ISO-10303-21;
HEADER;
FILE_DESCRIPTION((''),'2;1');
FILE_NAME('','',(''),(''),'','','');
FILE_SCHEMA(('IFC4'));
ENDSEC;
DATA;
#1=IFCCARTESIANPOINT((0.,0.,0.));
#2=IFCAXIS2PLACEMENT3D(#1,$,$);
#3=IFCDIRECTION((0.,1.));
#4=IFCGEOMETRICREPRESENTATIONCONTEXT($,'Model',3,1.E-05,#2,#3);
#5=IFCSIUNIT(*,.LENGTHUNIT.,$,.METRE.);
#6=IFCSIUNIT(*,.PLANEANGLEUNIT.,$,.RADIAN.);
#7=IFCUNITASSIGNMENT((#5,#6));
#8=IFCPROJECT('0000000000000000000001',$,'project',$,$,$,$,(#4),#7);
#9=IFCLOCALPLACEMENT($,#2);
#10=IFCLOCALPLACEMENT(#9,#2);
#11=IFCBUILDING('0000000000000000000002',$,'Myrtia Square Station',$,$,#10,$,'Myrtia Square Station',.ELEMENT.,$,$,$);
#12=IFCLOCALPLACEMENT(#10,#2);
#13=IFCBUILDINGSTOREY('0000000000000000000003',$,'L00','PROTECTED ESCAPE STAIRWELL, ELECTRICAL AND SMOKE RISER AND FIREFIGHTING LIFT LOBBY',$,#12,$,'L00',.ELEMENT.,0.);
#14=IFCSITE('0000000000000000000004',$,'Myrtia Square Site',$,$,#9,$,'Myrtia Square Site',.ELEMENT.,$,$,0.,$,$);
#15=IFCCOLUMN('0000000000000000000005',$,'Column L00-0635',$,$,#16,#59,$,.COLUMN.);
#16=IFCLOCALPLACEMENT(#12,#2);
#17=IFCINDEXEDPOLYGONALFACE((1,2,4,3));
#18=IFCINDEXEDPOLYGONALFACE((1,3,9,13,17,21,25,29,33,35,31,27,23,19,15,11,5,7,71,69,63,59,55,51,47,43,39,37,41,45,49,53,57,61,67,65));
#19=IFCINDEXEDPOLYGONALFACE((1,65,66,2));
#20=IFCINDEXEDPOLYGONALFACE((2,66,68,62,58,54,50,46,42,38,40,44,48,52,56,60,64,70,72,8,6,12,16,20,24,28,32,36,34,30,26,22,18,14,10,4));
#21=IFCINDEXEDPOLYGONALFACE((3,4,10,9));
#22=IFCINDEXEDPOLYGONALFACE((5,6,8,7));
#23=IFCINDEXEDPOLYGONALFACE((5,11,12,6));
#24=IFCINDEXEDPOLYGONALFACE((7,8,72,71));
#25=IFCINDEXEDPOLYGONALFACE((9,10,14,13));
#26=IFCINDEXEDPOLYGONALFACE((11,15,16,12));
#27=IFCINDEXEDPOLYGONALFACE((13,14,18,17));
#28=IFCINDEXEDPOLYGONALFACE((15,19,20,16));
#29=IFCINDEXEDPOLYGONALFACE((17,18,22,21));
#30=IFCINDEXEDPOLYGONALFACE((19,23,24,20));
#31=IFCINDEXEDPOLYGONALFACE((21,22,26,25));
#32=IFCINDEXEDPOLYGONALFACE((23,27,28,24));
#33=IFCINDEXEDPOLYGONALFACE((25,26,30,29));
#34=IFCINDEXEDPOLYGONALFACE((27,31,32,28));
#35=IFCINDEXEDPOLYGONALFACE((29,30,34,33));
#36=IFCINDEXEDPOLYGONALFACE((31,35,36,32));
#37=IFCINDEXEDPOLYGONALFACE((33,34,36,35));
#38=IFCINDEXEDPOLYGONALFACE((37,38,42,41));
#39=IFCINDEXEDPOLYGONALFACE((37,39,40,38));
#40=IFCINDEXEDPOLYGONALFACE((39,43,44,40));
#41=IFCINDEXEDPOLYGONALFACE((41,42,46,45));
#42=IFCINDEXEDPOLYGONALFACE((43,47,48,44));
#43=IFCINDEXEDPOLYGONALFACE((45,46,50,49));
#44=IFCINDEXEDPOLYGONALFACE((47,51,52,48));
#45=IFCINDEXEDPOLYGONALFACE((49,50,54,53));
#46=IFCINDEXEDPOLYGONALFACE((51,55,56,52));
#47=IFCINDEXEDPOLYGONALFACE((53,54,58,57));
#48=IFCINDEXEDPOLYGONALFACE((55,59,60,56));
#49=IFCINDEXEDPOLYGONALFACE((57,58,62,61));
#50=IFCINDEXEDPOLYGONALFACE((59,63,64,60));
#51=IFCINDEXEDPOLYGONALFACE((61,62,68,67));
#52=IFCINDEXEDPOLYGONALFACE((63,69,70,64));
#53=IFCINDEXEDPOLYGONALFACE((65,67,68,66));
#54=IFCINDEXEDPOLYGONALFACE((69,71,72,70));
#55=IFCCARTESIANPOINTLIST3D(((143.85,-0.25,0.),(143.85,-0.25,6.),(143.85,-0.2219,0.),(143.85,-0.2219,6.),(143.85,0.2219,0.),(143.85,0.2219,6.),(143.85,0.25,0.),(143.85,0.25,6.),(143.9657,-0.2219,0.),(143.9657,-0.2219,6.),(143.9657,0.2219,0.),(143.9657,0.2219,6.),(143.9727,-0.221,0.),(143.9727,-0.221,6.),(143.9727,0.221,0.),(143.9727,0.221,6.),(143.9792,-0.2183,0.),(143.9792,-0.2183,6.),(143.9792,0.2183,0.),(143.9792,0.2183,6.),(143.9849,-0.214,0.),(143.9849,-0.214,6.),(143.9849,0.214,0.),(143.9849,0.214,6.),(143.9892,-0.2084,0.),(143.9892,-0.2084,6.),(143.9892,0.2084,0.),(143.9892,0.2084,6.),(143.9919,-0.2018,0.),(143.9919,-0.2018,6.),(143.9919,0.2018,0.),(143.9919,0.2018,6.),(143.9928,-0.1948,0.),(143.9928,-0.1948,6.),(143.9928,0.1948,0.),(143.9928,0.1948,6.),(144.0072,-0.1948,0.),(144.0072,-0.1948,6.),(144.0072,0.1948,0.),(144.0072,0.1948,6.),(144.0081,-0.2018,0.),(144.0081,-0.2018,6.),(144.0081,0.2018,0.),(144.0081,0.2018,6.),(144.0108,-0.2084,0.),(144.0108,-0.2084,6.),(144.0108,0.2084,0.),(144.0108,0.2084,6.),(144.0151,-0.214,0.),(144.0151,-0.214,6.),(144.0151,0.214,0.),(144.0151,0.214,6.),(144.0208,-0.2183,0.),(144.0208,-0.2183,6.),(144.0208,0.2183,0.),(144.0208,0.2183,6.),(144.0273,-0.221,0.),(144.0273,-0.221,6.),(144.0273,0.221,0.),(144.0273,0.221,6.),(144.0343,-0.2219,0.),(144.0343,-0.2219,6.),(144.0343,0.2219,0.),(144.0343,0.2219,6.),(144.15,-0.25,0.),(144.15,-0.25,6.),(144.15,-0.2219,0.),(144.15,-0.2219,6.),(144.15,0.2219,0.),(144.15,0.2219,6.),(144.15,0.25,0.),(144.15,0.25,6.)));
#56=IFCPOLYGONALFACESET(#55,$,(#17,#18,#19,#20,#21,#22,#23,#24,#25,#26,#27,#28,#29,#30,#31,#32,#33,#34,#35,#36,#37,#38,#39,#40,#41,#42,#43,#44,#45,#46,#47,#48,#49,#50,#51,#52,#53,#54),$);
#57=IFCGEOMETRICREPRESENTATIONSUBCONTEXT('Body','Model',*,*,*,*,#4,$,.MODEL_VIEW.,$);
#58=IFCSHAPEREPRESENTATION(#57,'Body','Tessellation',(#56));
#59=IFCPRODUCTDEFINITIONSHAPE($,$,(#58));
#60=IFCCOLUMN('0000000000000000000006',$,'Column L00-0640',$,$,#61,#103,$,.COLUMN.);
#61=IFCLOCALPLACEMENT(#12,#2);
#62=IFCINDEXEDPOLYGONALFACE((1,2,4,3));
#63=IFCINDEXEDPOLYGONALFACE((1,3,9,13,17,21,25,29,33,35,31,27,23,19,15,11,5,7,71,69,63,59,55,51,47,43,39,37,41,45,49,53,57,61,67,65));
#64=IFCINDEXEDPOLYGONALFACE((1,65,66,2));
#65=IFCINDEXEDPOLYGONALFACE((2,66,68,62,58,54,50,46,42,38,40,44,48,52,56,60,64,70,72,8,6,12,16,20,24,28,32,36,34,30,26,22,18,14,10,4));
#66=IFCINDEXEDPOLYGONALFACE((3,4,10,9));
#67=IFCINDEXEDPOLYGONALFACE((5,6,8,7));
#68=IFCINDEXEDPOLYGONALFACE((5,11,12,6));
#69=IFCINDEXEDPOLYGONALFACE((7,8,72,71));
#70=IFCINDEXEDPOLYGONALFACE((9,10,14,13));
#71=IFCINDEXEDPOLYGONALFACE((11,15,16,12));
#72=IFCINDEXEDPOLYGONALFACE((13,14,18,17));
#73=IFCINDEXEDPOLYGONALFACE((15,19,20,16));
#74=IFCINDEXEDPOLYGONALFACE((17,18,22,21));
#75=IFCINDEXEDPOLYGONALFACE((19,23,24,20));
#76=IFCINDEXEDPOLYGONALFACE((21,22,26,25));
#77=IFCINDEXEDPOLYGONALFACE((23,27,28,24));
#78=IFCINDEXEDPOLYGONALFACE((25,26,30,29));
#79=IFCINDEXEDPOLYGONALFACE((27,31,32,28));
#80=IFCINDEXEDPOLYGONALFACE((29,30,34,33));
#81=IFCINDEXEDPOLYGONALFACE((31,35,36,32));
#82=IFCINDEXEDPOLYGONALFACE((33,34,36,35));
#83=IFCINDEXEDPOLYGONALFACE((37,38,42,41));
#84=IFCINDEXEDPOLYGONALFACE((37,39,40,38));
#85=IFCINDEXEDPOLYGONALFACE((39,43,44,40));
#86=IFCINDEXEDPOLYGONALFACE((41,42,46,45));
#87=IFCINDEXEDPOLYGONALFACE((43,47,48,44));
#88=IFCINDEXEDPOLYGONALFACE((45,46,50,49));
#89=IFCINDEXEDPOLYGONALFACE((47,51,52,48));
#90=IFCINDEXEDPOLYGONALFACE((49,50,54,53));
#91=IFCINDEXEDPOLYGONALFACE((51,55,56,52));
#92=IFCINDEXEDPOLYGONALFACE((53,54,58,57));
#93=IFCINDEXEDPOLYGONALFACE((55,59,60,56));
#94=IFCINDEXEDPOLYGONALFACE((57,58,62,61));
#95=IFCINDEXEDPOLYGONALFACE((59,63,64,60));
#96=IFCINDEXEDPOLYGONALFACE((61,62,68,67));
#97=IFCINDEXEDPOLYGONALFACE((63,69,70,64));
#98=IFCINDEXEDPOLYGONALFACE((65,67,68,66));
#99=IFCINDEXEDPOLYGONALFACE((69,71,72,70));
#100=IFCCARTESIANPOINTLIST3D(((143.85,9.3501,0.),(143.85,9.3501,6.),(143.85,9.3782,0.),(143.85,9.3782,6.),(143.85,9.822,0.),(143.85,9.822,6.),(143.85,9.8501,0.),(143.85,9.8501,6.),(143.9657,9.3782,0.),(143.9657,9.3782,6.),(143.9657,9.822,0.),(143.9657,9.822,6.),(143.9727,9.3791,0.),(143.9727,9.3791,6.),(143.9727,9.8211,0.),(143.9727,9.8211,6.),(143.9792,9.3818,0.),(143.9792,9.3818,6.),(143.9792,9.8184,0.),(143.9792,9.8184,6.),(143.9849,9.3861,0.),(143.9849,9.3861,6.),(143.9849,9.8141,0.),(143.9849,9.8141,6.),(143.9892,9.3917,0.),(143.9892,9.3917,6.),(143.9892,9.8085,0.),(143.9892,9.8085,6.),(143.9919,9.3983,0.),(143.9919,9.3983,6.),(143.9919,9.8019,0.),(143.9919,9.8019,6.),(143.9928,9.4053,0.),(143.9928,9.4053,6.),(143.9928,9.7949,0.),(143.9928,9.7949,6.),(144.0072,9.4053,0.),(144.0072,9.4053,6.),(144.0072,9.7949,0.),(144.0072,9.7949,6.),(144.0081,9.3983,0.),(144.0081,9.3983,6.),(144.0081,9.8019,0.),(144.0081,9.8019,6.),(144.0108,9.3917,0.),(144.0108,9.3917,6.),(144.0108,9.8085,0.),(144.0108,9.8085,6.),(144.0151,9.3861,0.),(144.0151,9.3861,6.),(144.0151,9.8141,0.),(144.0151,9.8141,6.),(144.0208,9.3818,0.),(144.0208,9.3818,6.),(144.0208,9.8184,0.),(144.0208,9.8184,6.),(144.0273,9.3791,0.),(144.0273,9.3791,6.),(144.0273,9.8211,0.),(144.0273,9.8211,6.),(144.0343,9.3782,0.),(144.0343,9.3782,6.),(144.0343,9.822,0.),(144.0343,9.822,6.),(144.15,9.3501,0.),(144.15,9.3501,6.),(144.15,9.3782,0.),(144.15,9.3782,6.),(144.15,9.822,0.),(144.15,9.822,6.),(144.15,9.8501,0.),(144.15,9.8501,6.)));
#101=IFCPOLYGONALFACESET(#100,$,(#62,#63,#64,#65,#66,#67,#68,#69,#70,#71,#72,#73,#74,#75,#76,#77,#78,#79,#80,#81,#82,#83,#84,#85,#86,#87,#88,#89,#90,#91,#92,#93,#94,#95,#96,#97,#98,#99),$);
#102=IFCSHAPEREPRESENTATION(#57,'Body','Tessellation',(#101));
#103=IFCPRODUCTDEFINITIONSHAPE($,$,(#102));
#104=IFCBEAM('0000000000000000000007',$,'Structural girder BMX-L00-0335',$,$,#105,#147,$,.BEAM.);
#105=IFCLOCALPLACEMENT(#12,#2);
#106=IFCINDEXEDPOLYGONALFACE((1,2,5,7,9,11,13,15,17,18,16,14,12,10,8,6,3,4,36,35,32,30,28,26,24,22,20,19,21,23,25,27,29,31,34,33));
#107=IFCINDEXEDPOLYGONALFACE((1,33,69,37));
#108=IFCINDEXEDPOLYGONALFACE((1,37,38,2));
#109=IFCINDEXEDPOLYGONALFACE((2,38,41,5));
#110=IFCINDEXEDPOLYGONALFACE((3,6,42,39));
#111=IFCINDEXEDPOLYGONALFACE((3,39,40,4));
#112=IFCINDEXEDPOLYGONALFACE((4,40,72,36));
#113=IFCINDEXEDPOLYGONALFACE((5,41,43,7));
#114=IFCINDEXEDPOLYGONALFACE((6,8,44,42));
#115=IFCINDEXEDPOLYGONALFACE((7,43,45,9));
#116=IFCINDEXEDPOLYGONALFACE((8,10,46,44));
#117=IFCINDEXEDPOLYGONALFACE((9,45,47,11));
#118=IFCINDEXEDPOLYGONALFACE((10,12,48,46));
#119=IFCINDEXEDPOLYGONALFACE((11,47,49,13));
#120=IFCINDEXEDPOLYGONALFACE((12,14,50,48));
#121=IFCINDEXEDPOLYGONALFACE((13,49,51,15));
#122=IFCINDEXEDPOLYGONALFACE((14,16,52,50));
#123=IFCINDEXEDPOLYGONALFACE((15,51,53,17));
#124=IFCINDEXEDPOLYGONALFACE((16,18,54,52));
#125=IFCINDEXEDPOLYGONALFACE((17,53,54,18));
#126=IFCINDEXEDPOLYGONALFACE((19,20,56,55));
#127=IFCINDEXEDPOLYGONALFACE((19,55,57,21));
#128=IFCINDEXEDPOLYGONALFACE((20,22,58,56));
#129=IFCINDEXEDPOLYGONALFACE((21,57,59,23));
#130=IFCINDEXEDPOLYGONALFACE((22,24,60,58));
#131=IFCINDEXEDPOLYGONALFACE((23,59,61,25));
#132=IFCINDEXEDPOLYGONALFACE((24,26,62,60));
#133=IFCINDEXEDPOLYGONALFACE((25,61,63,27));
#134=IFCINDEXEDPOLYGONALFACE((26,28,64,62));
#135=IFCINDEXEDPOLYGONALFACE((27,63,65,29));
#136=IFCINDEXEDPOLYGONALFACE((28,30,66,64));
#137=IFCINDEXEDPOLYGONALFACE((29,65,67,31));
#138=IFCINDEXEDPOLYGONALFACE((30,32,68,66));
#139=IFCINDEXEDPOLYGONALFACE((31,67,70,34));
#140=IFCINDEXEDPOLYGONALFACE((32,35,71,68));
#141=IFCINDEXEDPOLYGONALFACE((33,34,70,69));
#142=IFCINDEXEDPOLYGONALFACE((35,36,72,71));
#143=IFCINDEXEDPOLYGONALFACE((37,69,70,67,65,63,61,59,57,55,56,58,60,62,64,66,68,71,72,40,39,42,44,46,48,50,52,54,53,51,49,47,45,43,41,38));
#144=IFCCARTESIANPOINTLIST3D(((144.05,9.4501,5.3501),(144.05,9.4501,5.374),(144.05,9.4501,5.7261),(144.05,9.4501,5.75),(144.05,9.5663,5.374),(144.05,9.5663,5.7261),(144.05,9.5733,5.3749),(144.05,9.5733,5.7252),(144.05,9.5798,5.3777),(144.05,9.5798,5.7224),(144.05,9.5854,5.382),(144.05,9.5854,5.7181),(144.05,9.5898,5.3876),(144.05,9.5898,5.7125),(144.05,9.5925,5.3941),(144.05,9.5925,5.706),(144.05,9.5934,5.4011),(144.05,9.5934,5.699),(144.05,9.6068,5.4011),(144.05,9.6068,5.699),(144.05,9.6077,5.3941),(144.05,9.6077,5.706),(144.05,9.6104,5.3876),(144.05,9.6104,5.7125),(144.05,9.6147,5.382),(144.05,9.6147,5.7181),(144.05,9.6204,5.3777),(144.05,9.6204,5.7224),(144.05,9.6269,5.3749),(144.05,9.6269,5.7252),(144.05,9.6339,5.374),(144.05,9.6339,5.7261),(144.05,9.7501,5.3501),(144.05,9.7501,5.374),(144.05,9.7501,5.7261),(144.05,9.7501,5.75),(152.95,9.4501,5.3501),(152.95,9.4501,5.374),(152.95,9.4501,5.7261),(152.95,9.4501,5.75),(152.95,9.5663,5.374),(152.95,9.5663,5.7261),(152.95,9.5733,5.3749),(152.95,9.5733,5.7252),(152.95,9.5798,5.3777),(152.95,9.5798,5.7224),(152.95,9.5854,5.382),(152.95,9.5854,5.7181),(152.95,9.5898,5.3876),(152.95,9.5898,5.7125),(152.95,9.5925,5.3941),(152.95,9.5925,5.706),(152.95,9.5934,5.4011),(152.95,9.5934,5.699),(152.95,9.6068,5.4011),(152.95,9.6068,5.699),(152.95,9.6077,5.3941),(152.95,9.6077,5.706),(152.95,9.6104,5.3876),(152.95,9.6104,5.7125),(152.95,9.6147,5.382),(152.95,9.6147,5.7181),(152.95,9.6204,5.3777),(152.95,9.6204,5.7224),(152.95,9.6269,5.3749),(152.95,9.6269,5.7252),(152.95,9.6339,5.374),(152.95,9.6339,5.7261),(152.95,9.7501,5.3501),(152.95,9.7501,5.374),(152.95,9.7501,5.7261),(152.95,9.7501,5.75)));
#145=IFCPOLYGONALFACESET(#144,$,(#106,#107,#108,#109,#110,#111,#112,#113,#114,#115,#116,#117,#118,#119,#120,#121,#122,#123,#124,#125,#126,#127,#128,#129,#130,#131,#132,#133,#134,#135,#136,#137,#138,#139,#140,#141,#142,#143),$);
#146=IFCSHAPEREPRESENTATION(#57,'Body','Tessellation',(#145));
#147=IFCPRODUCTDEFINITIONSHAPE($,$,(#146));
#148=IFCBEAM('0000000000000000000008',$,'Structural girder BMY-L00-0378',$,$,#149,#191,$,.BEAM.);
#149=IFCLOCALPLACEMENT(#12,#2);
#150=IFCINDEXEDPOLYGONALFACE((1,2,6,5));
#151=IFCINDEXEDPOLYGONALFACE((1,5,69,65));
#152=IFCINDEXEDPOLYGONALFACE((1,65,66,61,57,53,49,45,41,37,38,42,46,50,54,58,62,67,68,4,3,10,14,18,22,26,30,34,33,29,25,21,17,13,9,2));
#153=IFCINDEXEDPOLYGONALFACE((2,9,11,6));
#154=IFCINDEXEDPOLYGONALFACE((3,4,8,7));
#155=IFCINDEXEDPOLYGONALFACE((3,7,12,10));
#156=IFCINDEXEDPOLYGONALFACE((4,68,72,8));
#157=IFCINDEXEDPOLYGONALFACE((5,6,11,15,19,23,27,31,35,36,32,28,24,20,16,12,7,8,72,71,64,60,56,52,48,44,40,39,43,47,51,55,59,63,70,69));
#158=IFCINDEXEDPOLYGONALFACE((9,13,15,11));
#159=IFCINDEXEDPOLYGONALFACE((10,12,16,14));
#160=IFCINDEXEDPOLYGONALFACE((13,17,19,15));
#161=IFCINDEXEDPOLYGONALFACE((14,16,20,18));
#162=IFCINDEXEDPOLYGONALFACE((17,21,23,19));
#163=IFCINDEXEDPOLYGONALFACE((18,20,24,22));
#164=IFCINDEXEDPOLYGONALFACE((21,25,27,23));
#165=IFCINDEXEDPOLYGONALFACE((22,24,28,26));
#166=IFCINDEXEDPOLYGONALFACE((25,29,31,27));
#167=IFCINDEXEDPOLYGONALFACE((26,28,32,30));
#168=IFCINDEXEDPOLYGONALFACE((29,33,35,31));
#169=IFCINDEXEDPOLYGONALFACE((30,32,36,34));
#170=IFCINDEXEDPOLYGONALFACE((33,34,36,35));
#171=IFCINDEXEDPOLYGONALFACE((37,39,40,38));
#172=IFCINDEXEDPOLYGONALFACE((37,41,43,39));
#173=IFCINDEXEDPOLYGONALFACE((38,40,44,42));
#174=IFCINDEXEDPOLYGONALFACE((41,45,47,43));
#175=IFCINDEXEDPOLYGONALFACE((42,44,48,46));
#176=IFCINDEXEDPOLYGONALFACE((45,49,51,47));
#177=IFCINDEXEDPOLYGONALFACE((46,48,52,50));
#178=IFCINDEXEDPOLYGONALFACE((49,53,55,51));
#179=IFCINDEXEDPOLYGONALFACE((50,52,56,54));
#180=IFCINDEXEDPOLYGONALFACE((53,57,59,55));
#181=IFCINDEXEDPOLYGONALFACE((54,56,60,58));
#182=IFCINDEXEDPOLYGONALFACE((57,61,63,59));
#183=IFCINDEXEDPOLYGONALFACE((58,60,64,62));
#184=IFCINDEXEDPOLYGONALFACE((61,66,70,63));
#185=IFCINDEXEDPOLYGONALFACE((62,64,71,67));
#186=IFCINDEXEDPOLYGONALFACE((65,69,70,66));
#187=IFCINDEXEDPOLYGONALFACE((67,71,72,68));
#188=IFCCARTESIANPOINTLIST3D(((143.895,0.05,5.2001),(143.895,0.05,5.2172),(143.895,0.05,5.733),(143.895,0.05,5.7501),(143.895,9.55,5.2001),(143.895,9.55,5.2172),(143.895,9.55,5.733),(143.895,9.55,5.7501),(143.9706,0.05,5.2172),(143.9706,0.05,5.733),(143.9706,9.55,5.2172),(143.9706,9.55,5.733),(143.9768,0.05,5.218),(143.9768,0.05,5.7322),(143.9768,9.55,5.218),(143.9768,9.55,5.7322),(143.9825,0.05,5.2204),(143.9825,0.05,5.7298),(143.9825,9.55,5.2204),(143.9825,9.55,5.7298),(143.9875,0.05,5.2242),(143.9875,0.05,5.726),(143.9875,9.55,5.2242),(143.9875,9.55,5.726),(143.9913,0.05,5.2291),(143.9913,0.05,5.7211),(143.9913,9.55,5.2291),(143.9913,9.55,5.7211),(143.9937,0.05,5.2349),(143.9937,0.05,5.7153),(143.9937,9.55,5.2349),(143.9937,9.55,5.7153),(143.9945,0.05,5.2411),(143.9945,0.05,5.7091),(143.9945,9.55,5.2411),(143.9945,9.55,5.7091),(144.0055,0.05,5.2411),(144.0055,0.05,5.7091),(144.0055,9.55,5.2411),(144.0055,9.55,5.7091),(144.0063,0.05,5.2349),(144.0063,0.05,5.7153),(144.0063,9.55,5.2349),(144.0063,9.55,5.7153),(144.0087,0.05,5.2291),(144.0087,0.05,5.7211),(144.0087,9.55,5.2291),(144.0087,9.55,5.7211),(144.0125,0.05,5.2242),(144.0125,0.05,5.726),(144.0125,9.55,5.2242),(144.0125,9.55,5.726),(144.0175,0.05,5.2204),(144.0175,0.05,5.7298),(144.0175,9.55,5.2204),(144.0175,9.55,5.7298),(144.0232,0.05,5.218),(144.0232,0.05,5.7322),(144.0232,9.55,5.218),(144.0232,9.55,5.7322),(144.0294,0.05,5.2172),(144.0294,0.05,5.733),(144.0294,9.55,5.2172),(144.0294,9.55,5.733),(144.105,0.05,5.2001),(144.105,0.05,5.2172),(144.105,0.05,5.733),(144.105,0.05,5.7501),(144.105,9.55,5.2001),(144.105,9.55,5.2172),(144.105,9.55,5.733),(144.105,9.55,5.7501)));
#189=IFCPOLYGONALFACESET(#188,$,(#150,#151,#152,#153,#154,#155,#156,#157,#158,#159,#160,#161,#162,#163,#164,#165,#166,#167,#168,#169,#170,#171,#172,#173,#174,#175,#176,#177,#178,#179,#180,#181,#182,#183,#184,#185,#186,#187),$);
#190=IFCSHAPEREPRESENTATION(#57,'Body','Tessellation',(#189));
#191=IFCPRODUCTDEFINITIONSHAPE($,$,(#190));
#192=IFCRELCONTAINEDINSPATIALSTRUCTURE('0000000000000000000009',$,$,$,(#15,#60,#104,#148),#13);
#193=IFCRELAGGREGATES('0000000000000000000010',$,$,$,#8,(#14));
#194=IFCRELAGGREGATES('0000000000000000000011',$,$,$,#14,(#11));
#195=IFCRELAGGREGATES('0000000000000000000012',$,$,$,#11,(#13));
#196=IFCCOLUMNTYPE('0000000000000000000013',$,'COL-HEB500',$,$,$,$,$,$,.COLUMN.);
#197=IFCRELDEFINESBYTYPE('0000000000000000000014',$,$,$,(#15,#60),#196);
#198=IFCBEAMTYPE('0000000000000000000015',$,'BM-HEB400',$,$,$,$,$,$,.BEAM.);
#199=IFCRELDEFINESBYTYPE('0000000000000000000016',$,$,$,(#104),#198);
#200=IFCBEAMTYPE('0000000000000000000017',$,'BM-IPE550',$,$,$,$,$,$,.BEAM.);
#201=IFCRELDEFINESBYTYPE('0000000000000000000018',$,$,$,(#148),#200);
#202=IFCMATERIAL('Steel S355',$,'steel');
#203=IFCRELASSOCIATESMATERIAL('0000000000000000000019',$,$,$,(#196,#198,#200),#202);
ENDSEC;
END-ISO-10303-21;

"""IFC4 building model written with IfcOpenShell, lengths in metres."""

from ifc_helpers import new_model, si_unit, direction, frame, origin, origin_2d, place, context, subcontext, project, spatial, i_section, extrude, material, material_profile, profile_set, type_object, element, save


model = new_model("IFC4")

# Units and contexts
model_context = context("Model", 3, precision=1e-05, world=origin(), true_north=direction((0.0, 1.0)))
body_context = subcontext(model_context, "Body", "Model", "MODEL_VIEW")
ifc_project = project(units=[si_unit("LENGTHUNIT", "METRE"), si_unit("PLANEANGLEUNIT", "RADIAN")], contexts=[model_context])

# Site, building, storey
site_placement = place(None, origin())
site = spatial("IfcSite", under=ifc_project, at=site_placement, Name="Myrtia Square Site", LongName="Myrtia Square Site", CompositionType="ELEMENT", RefElevation=0.0)
building_placement = place(site_placement, origin())
building = spatial("IfcBuilding", under=site, at=building_placement, Name="Myrtia Square Station", LongName="Myrtia Square Station", CompositionType="ELEMENT")
storey_placement = place(building_placement, origin())
storey = spatial("IfcBuildingStorey", under=building, at=storey_placement, Name="L00", Description="PROTECTED ESCAPE STAIRWELL, ELECTRICAL AND SMOKE RISER AND FIREFIGHTING LIFT LOBBY", LongName="L00", CompositionType="ELEMENT", Elevation=0.0)

# Columns
ifc_material_1 = material(Name="Steel S355", Category="steel")
ifc_material_profile_1 = material_profile(ifc_material_1, i_section(OverallWidth=0.3, OverallDepth=0.5, WebThickness=0.0144, FlangeThickness=0.0281, FilletRadius=0.0271, at=origin_2d()), Name="HEB 500")
ifc_profile_set_1 = profile_set([ifc_material_profile_1], Name="Steel S355")
column_type = type_object("IfcColumnType", Name="COL-HEB500", PredefinedType="COLUMN", material=ifc_profile_set_1)
for number, where, z_axis, x_axis, name in (
    (1, (144.0, 0.0, 0.0), (0.0, 0.0, 1.0), (1.0, 0.0, 0.0), "Column L00-0635"),
    (2, (144.0, 9.6001, 0.0), (0.0, 0.0, 1.0), (1.0, 0.0, 0.0), "Column L00-0640"),
):
    element("IfcColumn", number, at=place(storey_placement, frame(where, z_axis=z_axis, x_axis=x_axis)), inside=storey, type_object=column_type, Name=name, PredefinedType="COLUMN", context=body_context, shape_type="SweptSolid", body=[
        extrude(i_section(OverallWidth=0.3, OverallDepth=0.5, WebThickness=0.0144, FlangeThickness=0.0281, FilletRadius=0.0271, at=origin_2d()), origin(), (0.0, 0.0, 1.0), 6.0),
    ])

# Beams
ifc_material_profile_2 = material_profile(ifc_material_1, i_section(OverallWidth=0.3, OverallDepth=0.3999, WebThickness=0.0134, FlangeThickness=0.0239, FilletRadius=0.0271, at=origin_2d()), Name="HEB 400")
ifc_profile_set_2 = profile_set([ifc_material_profile_2], Name="Steel S355")
beam_type_1 = type_object("IfcBeamType", Name="BM-HEB400", PredefinedType="BEAM", material=ifc_profile_set_2)
beam_1_placement = place(storey_placement, frame((144.05, 9.6001, 5.55), z_axis=(1.0, 0.0, 0.0), x_axis=(0.0, 1.0, 0.0)))
element("IfcBeam", 3, at=beam_1_placement, inside=storey, type_object=beam_type_1, Name="Structural girder BMX-L00-0335", PredefinedType="BEAM", context=body_context, shape_type="SweptSolid", body=[
    extrude(i_section(OverallWidth=0.3, OverallDepth=0.3999, WebThickness=0.0134, FlangeThickness=0.0239, FilletRadius=0.0271, at=origin_2d()), origin(), (0.0, 0.0, 1.0), 8.8999),
])
ifc_material_profile_3 = material_profile(ifc_material_1, i_section(OverallWidth=0.21, OverallDepth=0.55, WebThickness=0.011, FlangeThickness=0.0171, FilletRadius=0.0239, at=origin_2d()), Name="IPE 550")
ifc_profile_set_3 = profile_set([ifc_material_profile_3], Name="Steel S355")
beam_type_2 = type_object("IfcBeamType", Name="BM-IPE550", PredefinedType="BEAM", material=ifc_profile_set_3)
for number, where, z_axis, x_axis, name in (
    (4, (144.0, 0.05, 5.4751), (0.0, 1.0, 0.0), (-1.0, 0.0, 0.0), "Structural girder BMY-L00-0378"),
):
    element("IfcBeam", number, at=place(storey_placement, frame(where, z_axis=z_axis, x_axis=x_axis)), inside=storey, type_object=beam_type_2, Name=name, PredefinedType="BEAM", context=body_context, shape_type="SweptSolid", body=[
        extrude(i_section(OverallWidth=0.21, OverallDepth=0.55, WebThickness=0.011, FlangeThickness=0.0171, FilletRadius=0.0239, at=origin_2d()), origin(), (0.0, 0.0, 1.0), 9.5),
    ])

save(model, "model.ifc")
